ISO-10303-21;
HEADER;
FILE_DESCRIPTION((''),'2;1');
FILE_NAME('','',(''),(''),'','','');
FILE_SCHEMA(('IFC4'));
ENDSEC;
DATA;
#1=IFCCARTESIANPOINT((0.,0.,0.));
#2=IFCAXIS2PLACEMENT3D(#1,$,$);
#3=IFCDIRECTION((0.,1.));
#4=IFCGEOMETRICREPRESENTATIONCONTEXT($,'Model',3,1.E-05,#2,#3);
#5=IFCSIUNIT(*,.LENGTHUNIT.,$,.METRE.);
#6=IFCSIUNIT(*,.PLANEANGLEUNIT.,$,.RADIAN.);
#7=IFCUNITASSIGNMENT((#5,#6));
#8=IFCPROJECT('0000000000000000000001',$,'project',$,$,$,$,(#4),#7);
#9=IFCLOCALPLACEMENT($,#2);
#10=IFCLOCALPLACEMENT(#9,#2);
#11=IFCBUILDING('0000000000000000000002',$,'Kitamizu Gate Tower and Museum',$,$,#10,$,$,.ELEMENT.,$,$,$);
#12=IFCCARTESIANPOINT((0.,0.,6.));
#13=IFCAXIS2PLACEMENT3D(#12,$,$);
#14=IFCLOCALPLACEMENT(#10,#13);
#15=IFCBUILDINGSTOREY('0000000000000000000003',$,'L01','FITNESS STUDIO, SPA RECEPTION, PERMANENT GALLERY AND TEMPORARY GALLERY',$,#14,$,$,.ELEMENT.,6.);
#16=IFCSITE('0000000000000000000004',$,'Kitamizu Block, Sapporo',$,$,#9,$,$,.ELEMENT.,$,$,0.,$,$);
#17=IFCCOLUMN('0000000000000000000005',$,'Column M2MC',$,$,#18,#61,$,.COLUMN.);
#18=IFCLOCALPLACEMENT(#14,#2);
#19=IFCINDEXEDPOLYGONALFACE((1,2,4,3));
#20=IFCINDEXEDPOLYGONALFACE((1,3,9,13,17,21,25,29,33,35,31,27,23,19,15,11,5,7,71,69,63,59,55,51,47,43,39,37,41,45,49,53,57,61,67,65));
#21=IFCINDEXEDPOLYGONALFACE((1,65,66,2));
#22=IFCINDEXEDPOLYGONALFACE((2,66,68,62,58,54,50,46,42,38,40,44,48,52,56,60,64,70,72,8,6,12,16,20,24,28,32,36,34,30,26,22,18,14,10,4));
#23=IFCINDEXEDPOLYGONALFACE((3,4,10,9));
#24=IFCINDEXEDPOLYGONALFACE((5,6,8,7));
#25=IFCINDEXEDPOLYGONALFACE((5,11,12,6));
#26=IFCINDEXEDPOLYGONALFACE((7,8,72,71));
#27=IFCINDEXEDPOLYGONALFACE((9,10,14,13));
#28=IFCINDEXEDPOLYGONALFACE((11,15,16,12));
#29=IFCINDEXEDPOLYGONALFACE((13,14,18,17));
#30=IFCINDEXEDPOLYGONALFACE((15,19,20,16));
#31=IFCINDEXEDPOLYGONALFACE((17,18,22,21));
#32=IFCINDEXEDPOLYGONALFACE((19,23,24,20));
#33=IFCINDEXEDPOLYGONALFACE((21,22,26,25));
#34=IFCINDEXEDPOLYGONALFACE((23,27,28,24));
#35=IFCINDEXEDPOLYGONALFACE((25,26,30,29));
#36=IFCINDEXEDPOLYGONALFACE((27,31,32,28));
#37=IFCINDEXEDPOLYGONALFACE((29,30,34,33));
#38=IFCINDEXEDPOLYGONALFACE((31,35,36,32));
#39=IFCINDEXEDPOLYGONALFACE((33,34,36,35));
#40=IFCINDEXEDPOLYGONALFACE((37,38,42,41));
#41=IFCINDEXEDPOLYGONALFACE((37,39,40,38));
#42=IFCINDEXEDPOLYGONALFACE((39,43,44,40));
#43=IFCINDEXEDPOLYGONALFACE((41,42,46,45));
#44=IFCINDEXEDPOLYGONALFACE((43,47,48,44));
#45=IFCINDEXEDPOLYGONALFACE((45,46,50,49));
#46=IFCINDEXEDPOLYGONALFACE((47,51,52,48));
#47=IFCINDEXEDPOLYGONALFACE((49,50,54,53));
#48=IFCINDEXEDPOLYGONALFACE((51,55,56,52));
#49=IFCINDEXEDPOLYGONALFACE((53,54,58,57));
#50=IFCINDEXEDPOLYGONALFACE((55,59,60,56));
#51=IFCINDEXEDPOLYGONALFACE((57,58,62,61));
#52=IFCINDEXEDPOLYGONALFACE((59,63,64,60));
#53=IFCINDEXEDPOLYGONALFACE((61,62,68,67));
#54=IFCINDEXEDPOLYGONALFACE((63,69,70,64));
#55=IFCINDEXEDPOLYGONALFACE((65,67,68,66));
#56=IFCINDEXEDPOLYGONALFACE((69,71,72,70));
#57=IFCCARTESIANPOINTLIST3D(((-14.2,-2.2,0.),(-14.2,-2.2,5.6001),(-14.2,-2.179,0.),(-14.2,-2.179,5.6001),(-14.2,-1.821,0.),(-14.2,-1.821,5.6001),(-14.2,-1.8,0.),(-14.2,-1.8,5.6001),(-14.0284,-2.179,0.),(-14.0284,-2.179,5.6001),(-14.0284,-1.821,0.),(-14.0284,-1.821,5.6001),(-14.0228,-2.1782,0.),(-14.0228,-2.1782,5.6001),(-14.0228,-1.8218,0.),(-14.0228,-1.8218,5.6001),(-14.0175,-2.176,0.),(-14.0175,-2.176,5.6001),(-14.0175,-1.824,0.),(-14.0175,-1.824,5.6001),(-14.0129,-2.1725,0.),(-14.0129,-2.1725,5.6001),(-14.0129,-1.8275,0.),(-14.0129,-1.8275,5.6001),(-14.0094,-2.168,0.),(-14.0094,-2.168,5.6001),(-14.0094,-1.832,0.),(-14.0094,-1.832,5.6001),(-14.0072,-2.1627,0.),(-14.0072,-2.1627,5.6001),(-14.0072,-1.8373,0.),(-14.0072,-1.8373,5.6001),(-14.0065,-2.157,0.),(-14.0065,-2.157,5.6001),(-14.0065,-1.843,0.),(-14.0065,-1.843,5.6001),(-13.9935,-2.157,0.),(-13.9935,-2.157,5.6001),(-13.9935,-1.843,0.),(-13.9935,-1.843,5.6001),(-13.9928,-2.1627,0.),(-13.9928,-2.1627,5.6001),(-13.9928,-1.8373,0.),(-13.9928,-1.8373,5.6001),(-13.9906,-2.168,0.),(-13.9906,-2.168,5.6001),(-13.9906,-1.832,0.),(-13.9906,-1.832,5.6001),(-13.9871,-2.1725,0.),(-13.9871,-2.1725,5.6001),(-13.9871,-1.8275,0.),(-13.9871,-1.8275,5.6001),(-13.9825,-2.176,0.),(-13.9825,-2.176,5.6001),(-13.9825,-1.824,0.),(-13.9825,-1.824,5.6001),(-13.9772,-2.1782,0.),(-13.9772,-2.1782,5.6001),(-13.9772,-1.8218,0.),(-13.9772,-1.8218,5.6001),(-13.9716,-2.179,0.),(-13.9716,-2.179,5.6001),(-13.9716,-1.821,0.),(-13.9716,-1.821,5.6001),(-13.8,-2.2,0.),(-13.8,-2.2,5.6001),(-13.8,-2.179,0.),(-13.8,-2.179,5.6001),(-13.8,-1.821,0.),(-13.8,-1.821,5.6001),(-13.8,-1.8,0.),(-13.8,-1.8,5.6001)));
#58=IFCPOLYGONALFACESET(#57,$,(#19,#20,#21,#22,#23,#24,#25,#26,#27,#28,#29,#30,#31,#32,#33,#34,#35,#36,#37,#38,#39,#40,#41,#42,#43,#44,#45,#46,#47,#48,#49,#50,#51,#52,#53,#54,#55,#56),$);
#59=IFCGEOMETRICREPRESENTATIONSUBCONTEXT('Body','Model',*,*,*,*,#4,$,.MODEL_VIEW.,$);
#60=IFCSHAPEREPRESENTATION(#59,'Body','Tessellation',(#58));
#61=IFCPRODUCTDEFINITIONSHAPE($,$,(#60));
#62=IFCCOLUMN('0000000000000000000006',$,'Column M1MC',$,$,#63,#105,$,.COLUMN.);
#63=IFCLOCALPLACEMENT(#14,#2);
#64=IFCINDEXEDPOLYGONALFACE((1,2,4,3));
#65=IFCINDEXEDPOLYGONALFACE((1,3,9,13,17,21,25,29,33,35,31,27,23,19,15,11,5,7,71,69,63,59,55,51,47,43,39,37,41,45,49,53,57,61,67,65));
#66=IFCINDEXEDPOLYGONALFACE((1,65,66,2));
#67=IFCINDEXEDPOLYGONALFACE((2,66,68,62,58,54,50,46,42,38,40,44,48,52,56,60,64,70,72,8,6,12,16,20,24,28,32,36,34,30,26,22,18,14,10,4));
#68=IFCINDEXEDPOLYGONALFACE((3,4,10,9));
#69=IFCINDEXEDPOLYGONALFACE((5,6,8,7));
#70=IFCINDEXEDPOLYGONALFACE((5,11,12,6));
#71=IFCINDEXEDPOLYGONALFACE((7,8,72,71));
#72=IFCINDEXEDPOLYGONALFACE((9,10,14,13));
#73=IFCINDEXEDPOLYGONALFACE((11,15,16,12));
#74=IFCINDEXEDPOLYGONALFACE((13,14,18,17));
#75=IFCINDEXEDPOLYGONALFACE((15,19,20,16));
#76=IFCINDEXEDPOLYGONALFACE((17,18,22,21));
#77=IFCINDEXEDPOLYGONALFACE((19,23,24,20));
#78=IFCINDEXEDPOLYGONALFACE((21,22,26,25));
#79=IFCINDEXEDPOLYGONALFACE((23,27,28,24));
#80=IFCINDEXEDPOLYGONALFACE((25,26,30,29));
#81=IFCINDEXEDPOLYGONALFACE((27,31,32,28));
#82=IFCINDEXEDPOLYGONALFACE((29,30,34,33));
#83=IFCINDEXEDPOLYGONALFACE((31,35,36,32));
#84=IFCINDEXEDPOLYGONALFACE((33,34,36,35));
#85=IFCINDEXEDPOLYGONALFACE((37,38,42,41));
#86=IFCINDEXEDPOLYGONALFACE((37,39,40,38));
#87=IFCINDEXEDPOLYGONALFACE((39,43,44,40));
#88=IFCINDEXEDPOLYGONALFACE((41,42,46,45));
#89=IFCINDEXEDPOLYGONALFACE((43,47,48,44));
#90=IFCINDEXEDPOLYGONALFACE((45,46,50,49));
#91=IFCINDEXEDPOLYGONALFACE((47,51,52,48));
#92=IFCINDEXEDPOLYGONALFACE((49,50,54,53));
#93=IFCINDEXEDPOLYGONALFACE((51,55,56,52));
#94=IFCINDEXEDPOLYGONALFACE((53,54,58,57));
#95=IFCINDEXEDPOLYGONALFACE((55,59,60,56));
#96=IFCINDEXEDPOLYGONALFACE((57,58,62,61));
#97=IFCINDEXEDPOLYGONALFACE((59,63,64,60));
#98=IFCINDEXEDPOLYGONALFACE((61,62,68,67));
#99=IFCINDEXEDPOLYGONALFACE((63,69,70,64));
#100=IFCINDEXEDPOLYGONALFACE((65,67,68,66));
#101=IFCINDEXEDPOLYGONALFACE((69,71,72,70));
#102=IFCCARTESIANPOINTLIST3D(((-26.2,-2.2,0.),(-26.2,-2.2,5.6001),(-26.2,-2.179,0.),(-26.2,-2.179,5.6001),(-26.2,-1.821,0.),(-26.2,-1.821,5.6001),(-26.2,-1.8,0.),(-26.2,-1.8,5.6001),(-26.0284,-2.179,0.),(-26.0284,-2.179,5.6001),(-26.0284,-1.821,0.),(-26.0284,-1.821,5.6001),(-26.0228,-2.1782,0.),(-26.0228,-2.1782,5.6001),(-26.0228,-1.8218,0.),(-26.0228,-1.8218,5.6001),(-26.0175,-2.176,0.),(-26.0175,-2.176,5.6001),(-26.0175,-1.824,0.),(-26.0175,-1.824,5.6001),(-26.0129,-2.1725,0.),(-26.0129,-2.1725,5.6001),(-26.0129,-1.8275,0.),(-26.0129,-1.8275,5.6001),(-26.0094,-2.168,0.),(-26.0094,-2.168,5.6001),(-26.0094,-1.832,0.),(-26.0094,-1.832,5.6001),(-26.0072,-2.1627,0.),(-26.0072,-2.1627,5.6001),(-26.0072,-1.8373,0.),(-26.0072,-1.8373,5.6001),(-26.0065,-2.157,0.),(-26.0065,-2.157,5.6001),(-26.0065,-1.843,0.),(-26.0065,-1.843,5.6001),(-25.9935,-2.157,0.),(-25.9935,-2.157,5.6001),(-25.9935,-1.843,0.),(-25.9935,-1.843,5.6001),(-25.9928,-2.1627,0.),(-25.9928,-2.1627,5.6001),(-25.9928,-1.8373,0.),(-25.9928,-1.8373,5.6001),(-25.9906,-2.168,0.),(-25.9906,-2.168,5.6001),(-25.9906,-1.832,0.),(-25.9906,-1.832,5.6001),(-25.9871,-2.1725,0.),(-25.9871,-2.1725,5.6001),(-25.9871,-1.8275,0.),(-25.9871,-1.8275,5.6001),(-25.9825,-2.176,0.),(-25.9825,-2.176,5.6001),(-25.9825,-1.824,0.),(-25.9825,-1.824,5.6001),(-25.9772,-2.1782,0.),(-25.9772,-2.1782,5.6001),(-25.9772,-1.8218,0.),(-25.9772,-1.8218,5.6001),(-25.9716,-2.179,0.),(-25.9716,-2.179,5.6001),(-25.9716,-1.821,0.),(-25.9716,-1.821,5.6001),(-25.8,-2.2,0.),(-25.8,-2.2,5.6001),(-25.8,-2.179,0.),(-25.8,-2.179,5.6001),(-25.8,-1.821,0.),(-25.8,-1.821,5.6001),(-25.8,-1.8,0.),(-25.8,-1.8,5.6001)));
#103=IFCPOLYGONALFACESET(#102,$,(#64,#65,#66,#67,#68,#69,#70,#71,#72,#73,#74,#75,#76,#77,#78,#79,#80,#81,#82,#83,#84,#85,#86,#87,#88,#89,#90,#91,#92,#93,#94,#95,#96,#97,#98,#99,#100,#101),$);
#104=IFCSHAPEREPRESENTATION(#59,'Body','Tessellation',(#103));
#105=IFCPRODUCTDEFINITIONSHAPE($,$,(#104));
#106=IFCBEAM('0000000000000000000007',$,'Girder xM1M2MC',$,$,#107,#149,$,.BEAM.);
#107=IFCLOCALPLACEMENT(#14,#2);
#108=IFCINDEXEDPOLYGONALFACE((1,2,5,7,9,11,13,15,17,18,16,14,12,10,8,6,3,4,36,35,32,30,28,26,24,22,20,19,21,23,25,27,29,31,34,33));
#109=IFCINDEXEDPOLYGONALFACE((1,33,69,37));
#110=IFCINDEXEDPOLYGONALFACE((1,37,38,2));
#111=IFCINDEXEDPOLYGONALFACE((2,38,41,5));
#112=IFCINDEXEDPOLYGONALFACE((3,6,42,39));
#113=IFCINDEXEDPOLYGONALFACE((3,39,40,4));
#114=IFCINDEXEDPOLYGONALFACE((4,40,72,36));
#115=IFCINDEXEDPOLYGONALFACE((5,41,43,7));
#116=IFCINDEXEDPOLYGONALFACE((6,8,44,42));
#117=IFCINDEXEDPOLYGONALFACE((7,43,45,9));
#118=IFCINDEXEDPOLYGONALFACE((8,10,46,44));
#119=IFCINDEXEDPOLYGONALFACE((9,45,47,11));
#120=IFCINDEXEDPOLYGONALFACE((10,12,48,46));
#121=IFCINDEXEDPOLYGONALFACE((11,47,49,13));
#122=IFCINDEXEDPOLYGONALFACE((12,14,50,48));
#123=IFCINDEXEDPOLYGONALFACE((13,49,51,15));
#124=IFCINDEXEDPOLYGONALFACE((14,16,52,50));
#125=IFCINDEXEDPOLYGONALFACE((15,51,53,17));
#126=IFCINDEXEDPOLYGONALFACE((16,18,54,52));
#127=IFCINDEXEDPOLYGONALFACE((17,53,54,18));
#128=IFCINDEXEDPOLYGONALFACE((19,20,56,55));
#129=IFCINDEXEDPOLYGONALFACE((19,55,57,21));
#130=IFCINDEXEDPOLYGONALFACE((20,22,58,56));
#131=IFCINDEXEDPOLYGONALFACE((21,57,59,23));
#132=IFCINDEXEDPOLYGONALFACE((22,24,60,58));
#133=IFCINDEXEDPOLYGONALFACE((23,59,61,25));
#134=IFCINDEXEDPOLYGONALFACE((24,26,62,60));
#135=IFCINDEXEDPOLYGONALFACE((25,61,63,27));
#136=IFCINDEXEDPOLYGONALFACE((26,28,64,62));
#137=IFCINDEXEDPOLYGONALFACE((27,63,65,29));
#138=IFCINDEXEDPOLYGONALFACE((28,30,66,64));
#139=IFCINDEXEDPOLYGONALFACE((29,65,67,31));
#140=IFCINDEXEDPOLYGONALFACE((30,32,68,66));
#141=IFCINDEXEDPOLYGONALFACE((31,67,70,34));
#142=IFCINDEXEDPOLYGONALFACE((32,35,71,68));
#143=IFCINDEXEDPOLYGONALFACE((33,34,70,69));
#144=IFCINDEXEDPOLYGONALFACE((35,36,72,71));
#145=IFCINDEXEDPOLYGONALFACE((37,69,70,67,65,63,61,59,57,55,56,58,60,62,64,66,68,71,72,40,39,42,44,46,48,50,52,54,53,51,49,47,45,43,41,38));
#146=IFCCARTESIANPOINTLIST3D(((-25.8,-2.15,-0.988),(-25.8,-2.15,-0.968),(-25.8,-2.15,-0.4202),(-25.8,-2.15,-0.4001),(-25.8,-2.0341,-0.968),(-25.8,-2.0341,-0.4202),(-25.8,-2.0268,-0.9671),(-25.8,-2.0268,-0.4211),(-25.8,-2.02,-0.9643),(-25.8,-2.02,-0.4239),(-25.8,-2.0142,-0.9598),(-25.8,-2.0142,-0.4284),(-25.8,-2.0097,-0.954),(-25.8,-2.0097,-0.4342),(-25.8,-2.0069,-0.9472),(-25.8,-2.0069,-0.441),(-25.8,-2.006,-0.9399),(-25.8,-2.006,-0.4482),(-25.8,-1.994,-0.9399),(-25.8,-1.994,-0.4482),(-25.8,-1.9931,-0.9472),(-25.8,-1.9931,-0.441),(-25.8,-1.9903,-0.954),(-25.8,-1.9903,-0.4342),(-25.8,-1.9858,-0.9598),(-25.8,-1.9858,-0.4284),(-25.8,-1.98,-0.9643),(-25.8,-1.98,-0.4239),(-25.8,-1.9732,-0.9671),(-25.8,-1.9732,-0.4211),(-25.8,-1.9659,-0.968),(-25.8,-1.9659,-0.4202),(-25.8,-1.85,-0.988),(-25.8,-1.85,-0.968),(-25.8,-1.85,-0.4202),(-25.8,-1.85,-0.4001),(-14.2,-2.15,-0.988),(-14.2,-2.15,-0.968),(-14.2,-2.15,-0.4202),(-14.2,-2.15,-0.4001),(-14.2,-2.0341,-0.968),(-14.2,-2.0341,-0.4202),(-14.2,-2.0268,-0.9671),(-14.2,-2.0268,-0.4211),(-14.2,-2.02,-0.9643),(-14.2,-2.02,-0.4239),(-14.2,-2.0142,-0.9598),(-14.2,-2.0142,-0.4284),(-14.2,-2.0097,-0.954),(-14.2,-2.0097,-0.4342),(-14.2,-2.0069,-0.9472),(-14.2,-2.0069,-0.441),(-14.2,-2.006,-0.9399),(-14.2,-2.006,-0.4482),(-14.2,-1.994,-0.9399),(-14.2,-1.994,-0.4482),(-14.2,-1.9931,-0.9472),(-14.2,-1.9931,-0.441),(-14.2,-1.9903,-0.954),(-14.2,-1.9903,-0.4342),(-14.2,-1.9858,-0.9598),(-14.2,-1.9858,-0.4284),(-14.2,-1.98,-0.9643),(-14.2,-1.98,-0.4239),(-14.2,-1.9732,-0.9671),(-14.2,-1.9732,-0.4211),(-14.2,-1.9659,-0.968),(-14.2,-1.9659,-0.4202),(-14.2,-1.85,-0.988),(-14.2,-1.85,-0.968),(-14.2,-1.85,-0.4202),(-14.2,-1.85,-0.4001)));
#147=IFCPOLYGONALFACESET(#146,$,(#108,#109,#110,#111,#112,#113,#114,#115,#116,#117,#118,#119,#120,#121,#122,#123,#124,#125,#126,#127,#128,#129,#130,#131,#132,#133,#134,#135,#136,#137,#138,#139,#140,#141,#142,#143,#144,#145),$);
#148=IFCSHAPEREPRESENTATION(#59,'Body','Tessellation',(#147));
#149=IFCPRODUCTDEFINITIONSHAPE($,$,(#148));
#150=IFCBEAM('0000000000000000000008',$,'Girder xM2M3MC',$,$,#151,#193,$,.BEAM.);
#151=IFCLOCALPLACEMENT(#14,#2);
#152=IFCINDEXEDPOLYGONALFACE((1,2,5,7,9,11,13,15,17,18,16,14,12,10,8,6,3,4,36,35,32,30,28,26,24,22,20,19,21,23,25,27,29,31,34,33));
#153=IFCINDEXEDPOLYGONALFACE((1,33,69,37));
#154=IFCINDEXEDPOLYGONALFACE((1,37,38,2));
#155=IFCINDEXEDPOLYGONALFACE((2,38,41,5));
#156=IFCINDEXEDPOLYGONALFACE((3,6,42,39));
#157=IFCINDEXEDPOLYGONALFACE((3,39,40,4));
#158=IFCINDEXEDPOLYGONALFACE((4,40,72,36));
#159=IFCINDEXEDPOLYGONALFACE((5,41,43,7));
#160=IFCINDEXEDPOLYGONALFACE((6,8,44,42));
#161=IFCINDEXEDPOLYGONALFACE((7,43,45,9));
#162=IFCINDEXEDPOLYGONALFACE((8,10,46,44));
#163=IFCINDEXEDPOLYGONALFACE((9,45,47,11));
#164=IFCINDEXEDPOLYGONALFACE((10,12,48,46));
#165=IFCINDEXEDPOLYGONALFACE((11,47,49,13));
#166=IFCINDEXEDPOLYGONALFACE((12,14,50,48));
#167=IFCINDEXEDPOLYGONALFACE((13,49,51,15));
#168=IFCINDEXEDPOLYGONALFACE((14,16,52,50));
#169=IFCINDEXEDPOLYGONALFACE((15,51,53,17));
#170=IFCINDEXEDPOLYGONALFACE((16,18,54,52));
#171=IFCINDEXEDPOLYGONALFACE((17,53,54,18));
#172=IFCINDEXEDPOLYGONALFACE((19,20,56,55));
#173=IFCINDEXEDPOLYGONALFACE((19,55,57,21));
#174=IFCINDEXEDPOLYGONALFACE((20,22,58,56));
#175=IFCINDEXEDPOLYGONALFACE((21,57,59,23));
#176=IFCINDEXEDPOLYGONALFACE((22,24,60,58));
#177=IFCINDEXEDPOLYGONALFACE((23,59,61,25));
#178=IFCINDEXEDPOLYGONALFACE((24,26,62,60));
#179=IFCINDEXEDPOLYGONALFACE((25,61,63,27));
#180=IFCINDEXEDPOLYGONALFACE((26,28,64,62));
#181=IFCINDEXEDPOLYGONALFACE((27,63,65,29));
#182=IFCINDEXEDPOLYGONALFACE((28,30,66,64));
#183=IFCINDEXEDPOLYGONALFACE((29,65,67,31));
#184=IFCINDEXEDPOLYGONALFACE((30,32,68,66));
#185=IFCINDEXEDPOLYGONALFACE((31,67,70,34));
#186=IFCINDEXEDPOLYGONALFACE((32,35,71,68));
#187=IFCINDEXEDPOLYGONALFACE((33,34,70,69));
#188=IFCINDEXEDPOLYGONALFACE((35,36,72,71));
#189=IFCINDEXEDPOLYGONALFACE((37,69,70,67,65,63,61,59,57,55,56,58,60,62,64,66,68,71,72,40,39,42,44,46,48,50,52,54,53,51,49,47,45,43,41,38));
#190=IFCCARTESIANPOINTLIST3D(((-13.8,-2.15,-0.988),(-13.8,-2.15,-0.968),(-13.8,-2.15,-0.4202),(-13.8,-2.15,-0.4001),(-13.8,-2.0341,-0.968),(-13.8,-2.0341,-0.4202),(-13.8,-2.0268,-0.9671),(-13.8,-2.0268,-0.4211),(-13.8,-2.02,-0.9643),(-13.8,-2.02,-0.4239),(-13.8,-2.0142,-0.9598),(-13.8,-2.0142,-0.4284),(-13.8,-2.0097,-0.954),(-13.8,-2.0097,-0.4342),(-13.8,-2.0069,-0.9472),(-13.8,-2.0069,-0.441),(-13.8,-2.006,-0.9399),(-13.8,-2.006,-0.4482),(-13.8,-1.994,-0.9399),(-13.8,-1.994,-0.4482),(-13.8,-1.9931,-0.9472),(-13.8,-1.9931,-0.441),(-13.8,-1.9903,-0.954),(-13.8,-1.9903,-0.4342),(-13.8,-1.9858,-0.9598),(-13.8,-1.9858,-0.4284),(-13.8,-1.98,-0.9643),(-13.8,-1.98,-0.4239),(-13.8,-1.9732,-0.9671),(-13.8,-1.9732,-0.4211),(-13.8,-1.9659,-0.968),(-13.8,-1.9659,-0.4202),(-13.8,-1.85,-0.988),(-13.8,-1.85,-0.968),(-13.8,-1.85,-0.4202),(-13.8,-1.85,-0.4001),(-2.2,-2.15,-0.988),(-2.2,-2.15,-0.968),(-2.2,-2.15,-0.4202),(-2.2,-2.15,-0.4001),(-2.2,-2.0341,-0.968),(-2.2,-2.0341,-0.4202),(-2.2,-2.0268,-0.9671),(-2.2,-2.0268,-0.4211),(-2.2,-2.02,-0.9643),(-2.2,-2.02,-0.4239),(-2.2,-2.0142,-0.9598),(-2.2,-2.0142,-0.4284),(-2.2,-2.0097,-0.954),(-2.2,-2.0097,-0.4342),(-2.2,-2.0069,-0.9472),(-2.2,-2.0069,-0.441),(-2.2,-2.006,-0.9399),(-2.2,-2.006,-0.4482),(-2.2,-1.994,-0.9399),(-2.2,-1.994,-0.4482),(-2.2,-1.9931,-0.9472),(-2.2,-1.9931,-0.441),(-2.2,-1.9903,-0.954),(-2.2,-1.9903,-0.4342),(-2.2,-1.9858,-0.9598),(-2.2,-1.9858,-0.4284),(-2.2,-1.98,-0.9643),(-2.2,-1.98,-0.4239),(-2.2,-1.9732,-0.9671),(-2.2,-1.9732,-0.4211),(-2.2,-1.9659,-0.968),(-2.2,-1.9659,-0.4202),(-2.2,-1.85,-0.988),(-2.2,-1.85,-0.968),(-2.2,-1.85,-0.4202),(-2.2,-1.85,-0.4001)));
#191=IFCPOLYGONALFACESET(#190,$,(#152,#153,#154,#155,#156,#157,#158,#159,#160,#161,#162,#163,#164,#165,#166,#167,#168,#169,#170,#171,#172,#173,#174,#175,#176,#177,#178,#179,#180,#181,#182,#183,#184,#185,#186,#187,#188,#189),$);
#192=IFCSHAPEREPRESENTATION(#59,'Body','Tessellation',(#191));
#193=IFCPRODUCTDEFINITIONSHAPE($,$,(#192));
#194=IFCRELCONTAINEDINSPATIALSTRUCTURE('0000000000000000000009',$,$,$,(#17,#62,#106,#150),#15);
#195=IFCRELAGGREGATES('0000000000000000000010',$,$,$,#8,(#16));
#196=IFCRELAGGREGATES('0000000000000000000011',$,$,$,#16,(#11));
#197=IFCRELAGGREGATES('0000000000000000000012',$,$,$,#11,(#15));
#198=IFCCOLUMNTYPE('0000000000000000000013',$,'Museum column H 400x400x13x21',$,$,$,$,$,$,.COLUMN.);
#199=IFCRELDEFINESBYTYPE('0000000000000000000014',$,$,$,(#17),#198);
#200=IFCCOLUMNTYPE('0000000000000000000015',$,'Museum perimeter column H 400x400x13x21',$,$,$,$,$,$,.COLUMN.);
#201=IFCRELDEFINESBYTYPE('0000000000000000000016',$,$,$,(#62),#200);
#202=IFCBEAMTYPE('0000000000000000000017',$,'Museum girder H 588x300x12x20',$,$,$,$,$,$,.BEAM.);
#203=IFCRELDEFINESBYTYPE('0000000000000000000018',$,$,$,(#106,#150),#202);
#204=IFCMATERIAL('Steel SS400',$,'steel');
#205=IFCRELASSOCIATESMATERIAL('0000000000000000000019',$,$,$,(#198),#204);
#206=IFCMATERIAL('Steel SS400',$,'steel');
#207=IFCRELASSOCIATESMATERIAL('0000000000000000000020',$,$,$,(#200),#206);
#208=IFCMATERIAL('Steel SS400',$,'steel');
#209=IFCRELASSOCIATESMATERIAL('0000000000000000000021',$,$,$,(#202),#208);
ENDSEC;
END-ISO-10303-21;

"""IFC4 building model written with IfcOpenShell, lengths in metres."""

from ifc_helpers import new_model, si_unit, direction, frame, origin, origin_2d, place, context, subcontext, project, spatial, i_section, extrude, material, material_profile, profile_set, type_object, element, save


model = new_model("IFC4")

# Units and contexts
model_context = context("Model", 3, precision=1e-05, world=origin(), true_north=direction((0.0, 1.0)))
body_context = subcontext(model_context, "Body", "Model", "MODEL_VIEW")
ifc_project = project(units=[si_unit("LENGTHUNIT", "METRE"), si_unit("PLANEANGLEUNIT", "RADIAN")], contexts=[model_context])

# Site, building, storey
site_placement = place(None, origin())
site = spatial("IfcSite", under=ifc_project, at=site_placement, Name="Kitamizu Block, Sapporo", CompositionType="ELEMENT", RefElevation=0.0)
building_placement = place(site_placement, origin())
building = spatial("IfcBuilding", under=site, at=building_placement, Name="Kitamizu Gate Tower and Museum", CompositionType="ELEMENT")
storey_placement = place(building_placement, frame((0.0, 0.0, 6.0)))
storey = spatial("IfcBuildingStorey", under=building, at=storey_placement, Name="L01", Description="FITNESS STUDIO, SPA RECEPTION, PERMANENT GALLERY AND TEMPORARY GALLERY", CompositionType="ELEMENT", Elevation=6.0)

# Columns
ifc_material_1 = material(Name="Steel SS400", Category="steel")
ifc_material_profile_1 = material_profile(ifc_material_1, i_section(OverallWidth=0.3999, OverallDepth=0.3999, WebThickness=0.0129, FlangeThickness=0.021, FilletRadius=0.022, at=origin_2d()), Name="H-400x400x13x21")
ifc_profile_set_1 = profile_set([ifc_material_profile_1], Name="Steel SS400")
column_type_1 = type_object("IfcColumnType", Name="Museum column H 400x400x13x21", PredefinedType="COLUMN", material=ifc_profile_set_1)
column_1_placement = place(storey_placement, frame((-14.0, -2.0, 0.0), z_axis=(0.0, 0.0, 1.0), x_axis=(1.0, 0.0, 0.0)))
element("IfcColumn", 1, at=column_1_placement, inside=storey, type_object=column_type_1, Name="Column M2MC", PredefinedType="COLUMN", context=body_context, shape_type="SweptSolid", body=[
    extrude(i_section(OverallWidth=0.3999, OverallDepth=0.3999, WebThickness=0.0129, FlangeThickness=0.021, FilletRadius=0.022, at=origin_2d()), origin(), (0.0, 0.0, 1.0), 5.6001),
])
ifc_material_2 = material(Name="Steel SS400", Category="steel")
ifc_material_profile_2 = material_profile(ifc_material_2, i_section(OverallWidth=0.3999, OverallDepth=0.3999, WebThickness=0.0129, FlangeThickness=0.021, FilletRadius=0.022, at=origin_2d()), Name="H-400x400x13x21")
ifc_profile_set_2 = profile_set([ifc_material_profile_2], Name="Steel SS400")
column_type_2 = type_object("IfcColumnType", Name="Museum perimeter column H 400x400x13x21", PredefinedType="COLUMN", material=ifc_profile_set_2)
column_2_placement = place(storey_placement, frame((-26.0, -2.0, 0.0), z_axis=(0.0, 0.0, 1.0), x_axis=(1.0, 0.0, 0.0)))
element("IfcColumn", 2, at=column_2_placement, inside=storey, type_object=column_type_2, Name="Column M1MC", PredefinedType="COLUMN", context=body_context, shape_type="SweptSolid", body=[
    extrude(i_section(OverallWidth=0.3999, OverallDepth=0.3999, WebThickness=0.0129, FlangeThickness=0.021, FilletRadius=0.022, at=origin_2d()), origin(), (0.0, 0.0, 1.0), 5.6001),
])

# Beams
ifc_material_3 = material(Name="Steel SS400", Category="steel")
ifc_material_profile_3 = material_profile(ifc_material_3, i_section(OverallWidth=0.3, OverallDepth=0.5879, WebThickness=0.012, FlangeThickness=0.02, FilletRadius=0.0281, at=origin_2d()), Name="H-588x300x12x20")
ifc_profile_set_3 = profile_set([ifc_material_profile_3], Name="Steel SS400")
beam_type_1 = type_object("IfcBeamType", Name="Museum girder H 588x300x12x20", PredefinedType="BEAM", material=ifc_profile_set_3)
for number, where, z_axis, x_axis, name in (
    (3, (-25.8, -2.0, -0.6941), (1.0, 0.0, 0.0), (0.0, 1.0, 0.0), "Girder xM1M2MC"),
    (4, (-13.8, -2.0, -0.6941), (1.0, 0.0, 0.0), (0.0, 1.0, 0.0), "Girder xM2M3MC"),
):
    element("IfcBeam", number, at=place(storey_placement, frame(where, z_axis=z_axis, x_axis=x_axis)), inside=storey, type_object=beam_type_1, Name=name, PredefinedType="BEAM", context=body_context, shape_type="SweptSolid", body=[
        extrude(i_section(OverallWidth=0.3, OverallDepth=0.5879, WebThickness=0.012, FlangeThickness=0.02, FilletRadius=0.0281, at=origin_2d()), origin(), (0.0, 0.0, 1.0), 11.6001),
    ])

save(model, "model.ifc")
